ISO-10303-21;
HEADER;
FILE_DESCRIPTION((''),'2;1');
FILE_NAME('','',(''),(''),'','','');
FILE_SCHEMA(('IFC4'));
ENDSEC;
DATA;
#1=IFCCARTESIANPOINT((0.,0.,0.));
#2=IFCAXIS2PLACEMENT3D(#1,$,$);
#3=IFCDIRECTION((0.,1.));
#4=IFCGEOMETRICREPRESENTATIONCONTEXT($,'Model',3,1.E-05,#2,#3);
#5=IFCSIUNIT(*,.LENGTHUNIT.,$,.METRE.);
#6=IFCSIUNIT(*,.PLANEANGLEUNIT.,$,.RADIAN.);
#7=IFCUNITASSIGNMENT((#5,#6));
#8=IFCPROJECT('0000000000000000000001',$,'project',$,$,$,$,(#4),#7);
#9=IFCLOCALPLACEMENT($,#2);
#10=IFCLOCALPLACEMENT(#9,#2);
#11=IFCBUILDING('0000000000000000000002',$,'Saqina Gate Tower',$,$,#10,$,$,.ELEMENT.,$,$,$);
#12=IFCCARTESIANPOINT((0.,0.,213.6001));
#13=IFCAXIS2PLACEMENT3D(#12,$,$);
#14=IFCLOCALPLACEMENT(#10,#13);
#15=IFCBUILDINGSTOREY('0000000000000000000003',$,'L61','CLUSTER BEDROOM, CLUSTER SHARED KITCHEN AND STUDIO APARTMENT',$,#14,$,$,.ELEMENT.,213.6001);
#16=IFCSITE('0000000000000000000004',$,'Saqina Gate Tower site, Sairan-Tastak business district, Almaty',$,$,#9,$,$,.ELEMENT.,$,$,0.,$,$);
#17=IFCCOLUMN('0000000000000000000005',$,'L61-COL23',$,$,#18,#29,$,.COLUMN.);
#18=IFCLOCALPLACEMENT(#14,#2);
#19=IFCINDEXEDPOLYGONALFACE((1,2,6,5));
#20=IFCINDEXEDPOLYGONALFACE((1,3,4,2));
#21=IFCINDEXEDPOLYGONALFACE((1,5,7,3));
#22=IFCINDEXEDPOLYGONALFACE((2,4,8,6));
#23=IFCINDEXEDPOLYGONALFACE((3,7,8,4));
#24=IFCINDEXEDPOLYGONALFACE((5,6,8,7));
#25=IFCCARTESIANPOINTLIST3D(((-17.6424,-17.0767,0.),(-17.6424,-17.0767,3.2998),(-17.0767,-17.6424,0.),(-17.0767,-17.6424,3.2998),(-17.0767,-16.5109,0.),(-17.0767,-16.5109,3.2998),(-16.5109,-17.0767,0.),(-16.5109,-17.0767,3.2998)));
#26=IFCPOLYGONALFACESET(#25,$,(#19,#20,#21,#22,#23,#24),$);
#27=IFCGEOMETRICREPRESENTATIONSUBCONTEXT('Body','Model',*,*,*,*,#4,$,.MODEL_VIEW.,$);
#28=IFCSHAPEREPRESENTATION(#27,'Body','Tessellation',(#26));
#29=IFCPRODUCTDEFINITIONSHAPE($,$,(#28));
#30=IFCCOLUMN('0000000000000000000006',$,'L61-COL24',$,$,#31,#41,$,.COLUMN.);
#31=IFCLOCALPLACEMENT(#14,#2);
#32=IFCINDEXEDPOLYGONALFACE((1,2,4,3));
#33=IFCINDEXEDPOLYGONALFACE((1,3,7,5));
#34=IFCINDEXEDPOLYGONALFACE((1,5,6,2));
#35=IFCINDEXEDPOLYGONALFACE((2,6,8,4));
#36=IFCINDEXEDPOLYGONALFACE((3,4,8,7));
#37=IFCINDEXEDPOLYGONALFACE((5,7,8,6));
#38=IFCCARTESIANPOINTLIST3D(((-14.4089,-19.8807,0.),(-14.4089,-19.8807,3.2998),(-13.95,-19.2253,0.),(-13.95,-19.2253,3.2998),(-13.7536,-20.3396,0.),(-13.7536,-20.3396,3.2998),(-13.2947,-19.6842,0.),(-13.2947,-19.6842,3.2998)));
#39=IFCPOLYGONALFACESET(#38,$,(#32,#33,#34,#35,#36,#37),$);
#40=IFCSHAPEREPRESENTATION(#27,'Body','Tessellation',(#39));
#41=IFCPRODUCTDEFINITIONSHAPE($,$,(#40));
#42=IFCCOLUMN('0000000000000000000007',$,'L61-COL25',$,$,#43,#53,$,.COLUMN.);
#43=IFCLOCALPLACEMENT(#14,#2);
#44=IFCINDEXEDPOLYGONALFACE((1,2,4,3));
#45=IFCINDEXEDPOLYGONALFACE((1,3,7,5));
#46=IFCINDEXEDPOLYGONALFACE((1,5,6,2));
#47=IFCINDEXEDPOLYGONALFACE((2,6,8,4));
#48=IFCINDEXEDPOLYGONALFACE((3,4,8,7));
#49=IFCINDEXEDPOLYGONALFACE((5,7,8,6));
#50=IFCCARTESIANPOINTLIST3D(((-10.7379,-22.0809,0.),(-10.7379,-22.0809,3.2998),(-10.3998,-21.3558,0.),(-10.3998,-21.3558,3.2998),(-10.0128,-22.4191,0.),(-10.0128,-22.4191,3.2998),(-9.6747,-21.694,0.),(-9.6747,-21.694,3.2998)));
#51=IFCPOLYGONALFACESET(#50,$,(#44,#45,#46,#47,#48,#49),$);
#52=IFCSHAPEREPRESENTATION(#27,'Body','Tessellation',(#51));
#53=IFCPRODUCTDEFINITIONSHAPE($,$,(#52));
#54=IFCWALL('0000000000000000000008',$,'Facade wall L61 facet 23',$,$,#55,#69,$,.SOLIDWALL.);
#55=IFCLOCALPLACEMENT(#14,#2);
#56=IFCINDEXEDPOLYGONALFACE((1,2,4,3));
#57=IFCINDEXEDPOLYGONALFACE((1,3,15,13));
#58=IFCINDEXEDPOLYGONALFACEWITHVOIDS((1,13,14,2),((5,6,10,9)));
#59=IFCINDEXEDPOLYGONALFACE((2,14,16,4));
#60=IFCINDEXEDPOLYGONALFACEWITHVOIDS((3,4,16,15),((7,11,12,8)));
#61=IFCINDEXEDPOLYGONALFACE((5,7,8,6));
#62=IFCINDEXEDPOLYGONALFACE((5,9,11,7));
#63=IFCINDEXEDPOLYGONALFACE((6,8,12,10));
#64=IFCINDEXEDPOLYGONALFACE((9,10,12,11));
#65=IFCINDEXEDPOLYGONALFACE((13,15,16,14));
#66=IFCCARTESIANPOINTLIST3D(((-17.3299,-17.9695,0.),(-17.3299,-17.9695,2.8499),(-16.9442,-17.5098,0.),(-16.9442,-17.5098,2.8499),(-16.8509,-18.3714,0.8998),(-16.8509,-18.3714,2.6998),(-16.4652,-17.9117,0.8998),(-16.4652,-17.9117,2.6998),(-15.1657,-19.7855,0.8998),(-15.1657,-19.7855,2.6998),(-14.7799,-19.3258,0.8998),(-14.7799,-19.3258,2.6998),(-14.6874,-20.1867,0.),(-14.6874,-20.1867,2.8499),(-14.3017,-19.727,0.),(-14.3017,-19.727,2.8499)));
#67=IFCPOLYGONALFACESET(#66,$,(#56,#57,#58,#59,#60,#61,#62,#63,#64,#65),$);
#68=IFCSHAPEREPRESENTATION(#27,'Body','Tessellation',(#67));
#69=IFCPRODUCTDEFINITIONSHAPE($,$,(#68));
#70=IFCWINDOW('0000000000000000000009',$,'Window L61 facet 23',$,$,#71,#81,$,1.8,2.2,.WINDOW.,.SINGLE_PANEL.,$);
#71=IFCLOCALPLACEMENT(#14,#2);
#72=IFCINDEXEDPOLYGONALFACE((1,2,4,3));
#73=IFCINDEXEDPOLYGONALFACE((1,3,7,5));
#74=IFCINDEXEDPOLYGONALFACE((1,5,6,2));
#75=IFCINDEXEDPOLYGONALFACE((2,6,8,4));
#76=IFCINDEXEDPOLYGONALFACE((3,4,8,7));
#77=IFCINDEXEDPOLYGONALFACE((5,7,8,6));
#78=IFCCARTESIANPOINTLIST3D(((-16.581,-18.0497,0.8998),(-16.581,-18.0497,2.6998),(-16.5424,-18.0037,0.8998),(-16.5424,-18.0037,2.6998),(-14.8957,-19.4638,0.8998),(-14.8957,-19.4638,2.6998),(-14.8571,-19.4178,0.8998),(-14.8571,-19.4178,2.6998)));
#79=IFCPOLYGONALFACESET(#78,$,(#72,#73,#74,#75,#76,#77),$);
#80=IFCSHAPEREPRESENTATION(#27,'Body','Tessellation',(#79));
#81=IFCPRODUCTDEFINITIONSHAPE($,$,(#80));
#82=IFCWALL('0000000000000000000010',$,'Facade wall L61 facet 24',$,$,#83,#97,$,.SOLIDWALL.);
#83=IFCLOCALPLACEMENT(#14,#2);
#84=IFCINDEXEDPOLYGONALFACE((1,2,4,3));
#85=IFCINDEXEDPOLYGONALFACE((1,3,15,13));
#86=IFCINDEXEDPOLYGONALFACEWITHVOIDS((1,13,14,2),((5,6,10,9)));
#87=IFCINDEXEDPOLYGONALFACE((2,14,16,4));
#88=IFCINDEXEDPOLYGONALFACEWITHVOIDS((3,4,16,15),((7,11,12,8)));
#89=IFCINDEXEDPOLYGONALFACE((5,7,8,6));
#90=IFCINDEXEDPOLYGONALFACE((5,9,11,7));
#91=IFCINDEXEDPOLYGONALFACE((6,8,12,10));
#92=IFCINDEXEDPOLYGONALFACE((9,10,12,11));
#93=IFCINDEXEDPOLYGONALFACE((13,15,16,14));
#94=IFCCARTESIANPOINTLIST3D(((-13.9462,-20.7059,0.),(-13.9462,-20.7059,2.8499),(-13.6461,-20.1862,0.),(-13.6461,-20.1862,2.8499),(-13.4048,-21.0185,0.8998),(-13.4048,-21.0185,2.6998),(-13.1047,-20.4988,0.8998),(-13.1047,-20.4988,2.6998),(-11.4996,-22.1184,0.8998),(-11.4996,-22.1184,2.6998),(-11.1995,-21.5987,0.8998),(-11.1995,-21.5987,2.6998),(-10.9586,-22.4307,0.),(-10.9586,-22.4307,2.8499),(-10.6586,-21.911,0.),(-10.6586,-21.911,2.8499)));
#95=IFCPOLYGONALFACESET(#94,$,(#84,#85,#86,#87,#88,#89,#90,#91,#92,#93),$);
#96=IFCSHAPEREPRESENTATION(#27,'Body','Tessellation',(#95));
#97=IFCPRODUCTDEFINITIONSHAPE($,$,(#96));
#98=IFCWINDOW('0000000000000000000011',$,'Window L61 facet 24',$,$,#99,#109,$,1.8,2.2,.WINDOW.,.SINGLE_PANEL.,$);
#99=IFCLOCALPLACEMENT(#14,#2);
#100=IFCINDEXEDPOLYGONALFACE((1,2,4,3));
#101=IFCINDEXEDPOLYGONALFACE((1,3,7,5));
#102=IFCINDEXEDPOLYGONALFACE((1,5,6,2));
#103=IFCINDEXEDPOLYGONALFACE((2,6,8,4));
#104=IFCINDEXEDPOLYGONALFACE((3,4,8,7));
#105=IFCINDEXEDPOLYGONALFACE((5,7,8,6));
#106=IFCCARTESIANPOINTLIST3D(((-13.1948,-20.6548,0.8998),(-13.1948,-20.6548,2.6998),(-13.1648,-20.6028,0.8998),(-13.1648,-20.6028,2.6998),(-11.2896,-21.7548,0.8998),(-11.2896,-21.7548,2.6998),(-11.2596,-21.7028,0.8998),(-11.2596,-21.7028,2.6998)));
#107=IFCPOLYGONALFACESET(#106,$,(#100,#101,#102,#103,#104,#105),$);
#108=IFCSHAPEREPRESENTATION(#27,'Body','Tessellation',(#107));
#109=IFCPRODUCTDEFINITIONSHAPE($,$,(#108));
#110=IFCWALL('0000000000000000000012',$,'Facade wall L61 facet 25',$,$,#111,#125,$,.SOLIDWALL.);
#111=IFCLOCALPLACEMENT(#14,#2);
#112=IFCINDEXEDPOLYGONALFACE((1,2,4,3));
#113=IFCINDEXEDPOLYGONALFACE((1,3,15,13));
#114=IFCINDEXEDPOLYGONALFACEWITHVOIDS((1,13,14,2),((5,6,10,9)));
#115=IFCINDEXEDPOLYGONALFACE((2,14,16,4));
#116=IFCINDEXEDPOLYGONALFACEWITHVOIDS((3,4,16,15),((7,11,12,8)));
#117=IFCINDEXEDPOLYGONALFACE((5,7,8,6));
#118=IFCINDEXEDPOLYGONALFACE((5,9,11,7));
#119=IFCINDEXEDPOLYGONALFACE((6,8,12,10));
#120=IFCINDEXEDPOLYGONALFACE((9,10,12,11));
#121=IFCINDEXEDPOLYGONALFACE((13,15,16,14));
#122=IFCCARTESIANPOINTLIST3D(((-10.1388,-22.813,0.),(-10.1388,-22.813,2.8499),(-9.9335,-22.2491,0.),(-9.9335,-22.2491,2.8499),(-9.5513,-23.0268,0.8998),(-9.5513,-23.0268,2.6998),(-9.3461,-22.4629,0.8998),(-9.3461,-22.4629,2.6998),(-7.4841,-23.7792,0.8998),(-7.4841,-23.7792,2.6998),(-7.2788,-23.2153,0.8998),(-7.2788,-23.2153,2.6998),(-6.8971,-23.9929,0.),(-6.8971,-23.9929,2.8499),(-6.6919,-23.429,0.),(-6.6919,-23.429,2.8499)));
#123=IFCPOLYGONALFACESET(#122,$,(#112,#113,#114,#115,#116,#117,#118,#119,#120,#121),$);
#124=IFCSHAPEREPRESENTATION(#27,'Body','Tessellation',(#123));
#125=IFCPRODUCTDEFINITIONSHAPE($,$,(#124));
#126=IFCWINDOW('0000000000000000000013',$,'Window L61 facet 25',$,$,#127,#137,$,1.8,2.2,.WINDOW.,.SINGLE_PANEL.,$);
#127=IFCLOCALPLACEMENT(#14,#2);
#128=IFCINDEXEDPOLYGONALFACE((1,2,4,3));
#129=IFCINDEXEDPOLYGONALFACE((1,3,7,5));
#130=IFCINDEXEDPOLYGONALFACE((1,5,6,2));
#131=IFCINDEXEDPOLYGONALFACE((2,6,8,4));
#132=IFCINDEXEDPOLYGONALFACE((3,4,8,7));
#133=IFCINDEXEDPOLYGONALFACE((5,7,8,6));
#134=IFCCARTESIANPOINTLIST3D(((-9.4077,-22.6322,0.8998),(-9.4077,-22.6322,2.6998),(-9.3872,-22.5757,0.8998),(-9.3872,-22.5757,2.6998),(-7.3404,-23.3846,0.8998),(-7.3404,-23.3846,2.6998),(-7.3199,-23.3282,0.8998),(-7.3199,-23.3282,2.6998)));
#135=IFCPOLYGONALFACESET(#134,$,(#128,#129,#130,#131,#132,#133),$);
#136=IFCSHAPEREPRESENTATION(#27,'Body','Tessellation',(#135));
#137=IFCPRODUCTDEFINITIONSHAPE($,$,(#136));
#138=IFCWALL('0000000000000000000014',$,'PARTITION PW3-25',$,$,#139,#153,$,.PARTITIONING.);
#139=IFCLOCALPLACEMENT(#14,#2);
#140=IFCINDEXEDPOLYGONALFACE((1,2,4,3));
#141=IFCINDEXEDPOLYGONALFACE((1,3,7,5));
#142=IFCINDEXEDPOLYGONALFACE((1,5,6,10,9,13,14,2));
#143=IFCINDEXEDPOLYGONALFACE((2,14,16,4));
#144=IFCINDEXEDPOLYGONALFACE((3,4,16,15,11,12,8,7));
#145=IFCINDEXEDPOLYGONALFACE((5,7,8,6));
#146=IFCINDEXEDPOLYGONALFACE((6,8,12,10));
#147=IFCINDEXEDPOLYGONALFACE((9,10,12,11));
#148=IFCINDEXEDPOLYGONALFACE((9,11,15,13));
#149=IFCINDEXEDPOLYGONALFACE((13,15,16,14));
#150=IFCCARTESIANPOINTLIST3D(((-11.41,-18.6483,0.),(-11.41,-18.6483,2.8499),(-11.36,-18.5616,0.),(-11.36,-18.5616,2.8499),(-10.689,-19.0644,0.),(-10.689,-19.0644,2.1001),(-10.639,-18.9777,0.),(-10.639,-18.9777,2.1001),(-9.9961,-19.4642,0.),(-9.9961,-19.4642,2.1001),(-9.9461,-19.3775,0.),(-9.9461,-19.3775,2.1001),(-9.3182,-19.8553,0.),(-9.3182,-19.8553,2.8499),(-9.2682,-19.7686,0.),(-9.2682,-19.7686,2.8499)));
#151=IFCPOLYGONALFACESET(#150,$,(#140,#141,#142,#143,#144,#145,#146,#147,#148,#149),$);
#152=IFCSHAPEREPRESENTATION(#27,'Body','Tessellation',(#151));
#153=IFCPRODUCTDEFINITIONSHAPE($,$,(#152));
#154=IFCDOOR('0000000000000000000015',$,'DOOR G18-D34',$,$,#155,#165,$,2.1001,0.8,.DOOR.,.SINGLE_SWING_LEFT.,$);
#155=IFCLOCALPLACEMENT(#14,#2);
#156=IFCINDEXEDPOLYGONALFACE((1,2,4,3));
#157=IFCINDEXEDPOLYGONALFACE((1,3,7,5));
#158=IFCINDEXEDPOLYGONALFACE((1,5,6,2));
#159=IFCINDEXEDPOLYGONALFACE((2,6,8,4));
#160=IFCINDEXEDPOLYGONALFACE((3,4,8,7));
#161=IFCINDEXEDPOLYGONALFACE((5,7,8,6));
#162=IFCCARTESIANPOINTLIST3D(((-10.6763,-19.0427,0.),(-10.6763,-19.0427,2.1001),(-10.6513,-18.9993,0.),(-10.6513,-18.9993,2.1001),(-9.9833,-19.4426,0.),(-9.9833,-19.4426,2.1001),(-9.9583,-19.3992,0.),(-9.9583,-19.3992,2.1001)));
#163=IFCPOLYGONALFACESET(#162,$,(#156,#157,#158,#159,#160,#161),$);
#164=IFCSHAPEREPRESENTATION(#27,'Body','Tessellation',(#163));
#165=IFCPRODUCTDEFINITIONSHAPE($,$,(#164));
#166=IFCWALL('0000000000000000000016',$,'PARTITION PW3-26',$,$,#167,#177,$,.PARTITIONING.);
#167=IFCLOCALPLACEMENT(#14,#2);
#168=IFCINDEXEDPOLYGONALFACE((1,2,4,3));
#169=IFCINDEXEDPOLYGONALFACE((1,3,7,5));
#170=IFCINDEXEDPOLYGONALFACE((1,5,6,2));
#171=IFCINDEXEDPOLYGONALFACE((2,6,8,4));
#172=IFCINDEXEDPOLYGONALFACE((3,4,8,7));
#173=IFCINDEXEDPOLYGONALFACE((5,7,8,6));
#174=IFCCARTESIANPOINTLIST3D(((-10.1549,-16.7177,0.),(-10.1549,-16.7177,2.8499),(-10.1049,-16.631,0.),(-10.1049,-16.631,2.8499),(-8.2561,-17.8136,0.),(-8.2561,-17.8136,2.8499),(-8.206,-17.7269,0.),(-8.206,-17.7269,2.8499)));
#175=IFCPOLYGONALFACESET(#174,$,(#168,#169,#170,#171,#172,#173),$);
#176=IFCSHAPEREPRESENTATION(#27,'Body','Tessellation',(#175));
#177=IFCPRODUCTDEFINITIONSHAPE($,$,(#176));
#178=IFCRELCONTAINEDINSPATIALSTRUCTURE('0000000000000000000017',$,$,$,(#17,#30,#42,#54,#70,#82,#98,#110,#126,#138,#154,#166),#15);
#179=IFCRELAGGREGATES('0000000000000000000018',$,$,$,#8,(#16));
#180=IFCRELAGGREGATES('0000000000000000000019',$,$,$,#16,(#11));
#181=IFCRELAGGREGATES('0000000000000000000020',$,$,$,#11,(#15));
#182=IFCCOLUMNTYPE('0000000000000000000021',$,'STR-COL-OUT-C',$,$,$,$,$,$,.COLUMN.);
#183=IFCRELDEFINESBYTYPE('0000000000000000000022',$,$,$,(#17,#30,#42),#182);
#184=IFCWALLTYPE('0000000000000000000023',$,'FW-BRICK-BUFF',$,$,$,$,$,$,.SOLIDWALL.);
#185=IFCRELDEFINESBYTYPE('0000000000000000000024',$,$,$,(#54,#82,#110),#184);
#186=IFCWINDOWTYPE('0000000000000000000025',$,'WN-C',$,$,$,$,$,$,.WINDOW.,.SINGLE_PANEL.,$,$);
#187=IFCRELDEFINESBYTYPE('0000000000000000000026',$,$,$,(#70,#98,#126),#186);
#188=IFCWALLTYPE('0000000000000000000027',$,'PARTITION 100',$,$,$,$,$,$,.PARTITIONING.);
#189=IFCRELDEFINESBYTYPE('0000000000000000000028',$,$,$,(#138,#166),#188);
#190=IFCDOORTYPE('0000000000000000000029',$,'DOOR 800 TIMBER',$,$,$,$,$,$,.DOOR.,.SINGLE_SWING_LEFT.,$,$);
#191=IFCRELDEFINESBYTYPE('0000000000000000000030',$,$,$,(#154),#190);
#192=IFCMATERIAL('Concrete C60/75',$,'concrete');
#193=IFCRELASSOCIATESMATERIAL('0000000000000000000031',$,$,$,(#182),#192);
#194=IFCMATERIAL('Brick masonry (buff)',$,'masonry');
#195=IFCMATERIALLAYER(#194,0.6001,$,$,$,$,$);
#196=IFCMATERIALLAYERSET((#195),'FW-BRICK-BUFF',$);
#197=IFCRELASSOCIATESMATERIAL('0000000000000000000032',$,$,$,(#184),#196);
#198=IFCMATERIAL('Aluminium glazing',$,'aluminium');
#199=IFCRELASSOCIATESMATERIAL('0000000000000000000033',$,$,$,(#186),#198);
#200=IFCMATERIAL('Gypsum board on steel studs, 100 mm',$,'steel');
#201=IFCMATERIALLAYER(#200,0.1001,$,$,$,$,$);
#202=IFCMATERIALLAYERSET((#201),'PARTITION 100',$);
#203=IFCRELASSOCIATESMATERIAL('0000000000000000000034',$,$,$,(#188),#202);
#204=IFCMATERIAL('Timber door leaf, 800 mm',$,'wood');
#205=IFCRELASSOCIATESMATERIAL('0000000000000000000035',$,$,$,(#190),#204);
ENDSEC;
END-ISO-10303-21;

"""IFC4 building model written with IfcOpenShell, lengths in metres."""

from ifc_helpers import new_model, si_unit, direction, frame, frame_2d, origin, origin_2d, place, context, subcontext, project, spatial, rectangle, extrude, material, layer, layer_set, material_profile, profile_set, type_object, element, fill, save


model = new_model("IFC4")

# Units and contexts
model_context = context("Model", 3, precision=1e-05, world=origin(), true_north=direction((0.0, 1.0)))
body_context = subcontext(model_context, "Body", "Model", "MODEL_VIEW")
ifc_project = project(units=[si_unit("LENGTHUNIT", "METRE"), si_unit("PLANEANGLEUNIT", "RADIAN")], contexts=[model_context])

# Site, building, storey
site_placement = place(None, origin())
site = spatial("IfcSite", under=ifc_project, at=site_placement, Name="Saqina Gate Tower site, Sairan-Tastak business district, Almaty", CompositionType="ELEMENT", RefElevation=0.0)
building_placement = place(site_placement, origin())
building = spatial("IfcBuilding", under=site, at=building_placement, Name="Saqina Gate Tower", CompositionType="ELEMENT")
storey_placement = place(building_placement, frame((0.0, 0.0, 213.6001)))
storey = spatial("IfcBuildingStorey", under=building, at=storey_placement, Name="L61", Description="CLUSTER BEDROOM, CLUSTER SHARED KITCHEN AND STUDIO APARTMENT", CompositionType="ELEMENT", Elevation=213.6001)

# Columns
ifc_material_1 = material(Name="Concrete C60/75", Category="concrete")
ifc_material_profile = material_profile(ifc_material_1, rectangle(XDim=0.8, YDim=0.8, at=origin_2d()), Name="RC 800x800")
ifc_profile_set = profile_set([ifc_material_profile], Name="Concrete C60/75")
column_type = type_object("IfcColumnType", Name="STR-COL-OUT-C", PredefinedType="COLUMN", material=ifc_profile_set)
for number, where, z_axis, x_axis, name in (
    (1, (-17.0767, -17.0767, 0.0), (0.0, 0.0, 1.0), (-0.707107, -0.707107, 0.0), "L61-COL23"),
    (2, (-13.8518, -19.7825, 0.0), (0.0, 0.0, 1.0), (-0.573576, -0.819152, 0.0), "L61-COL24"),
    (3, (-10.2063, -21.8875, 0.0), (0.0, 0.0, 1.0), (-0.422618, -0.906308, 0.0), "L61-COL25"),
):
    element("IfcColumn", number, at=place(storey_placement, frame(where, z_axis=z_axis, x_axis=x_axis)), inside=storey, type_object=column_type, Name=name, PredefinedType="COLUMN", context=body_context, shape_type="SweptSolid", body=[
        extrude(rectangle(XDim=0.8, YDim=0.8, at=origin_2d()), origin(), (0.0, 0.0, 1.0), 3.2998),
    ])

# Walls, openings, windows
ifc_material_2 = material(Name="Brick masonry (buff)", Category="masonry")
ifc_layer_1 = layer(ifc_material_2, 0.6001)
ifc_layer_set_1 = layer_set([ifc_layer_1], Name="FW-BRICK-BUFF")
wall_type_1 = type_object("IfcWallType", Name="FW-BRICK-BUFF", PredefinedType="SOLIDWALL", material=ifc_layer_set_1)
wall_1_placement = place(storey_placement, frame((-17.137, -17.7397, 0.0), z_axis=(0.0, 0.0, 1.0), x_axis=(0.766059, -0.64277, 0.0)))
wall_1 = element("IfcWall", 4, at=wall_1_placement, inside=storey, type_object=wall_type_1, Name="Facade wall L61 facet 23", PredefinedType="SOLIDWALL", context=body_context, shape_type="SweptSolid", body=[
    extrude(rectangle(XDim=3.4495, YDim=0.6001, at=frame_2d((1.7246, 0.0))), origin(), (0.0, 0.0, 1.0), 2.8499),
])
opening_1_placement = place(wall_1_placement, frame((0.625, 0.0, 0.8999)))
opening_1 = element("IfcOpeningElement", 5, at=opening_1_placement, cuts=wall_1, PredefinedType="OPENING", context=body_context, shape_type="SweptSolid", body=[
    extrude(rectangle(XDim=2.2, YDim=1.8, at=frame_2d((1.1001, 0.8999))), frame((0.0, 0.312, 0.0), z_axis=(0.0, -1.0, 0.0), x_axis=(1.0, 0.0, 0.0)), (0.0, 0.0, 1.0), 0.624),
])
ifc_material_3 = material(Name="Aluminium glazing", Category="aluminium")
window_type = type_object("IfcWindowType", Name="WN-C", PartitioningType="SINGLE_PANEL", PredefinedType="WINDOW", material=ifc_material_3)
window_1_placement = place(opening_1_placement, origin())
window_1 = element("IfcWindow", 6, at=window_1_placement, inside=storey, type_object=window_type, Name="Window L61 facet 23", OverallHeight=1.8, OverallWidth=2.2, PartitioningType="SINGLE_PANEL", PredefinedType="WINDOW", context=body_context, shape_type="SweptSolid", body=[
    extrude(rectangle(XDim=2.2, YDim=1.8, at=frame_2d((1.1001, 0.8999))), frame((0.0, 0.1799, 0.0), z_axis=(0.0, -1.0, 0.0), x_axis=(1.0, 0.0, 0.0)), (0.0, 0.0, 1.0), 0.0601),
])
fill(opening_1, window_1)
wall_2_placement = place(storey_placement, frame((-13.7961, -20.446, 0.0), z_axis=(0.0, 0.0, 1.0), x_axis=(0.866026, -0.499998, 0.0)))
wall_2 = element("IfcWall", 7, at=wall_2_placement, inside=storey, type_object=wall_type_1, Name="Facade wall L61 facet 24", PredefinedType="SOLIDWALL", context=body_context, shape_type="SweptSolid", body=[
    extrude(rectangle(XDim=3.4497, YDim=0.6001, at=frame_2d((1.7249, 0.0))), origin(), (0.0, 0.0, 1.0), 2.8499),
])
opening_2_placement = place(wall_2_placement, frame((0.625, 0.0, 0.8999)))
opening_2 = element("IfcOpeningElement", 8, at=opening_2_placement, cuts=wall_2, PredefinedType="OPENING", context=body_context, shape_type="SweptSolid", body=[
    extrude(rectangle(XDim=2.2, YDim=1.8, at=frame_2d((1.1001, 0.8999))), frame((0.0, 0.312, 0.0), z_axis=(0.0, -1.0, 0.0), x_axis=(1.0, 0.0, 0.0)), (0.0, 0.0, 1.0), 0.624),
])
window_2_placement = place(opening_2_placement, origin())
window_2 = element("IfcWindow", 9, at=window_2_placement, inside=storey, type_object=window_type, Name="Window L61 facet 24", OverallHeight=1.8, OverallWidth=2.2, PartitioningType="SINGLE_PANEL", PredefinedType="WINDOW", context=body_context, shape_type="SweptSolid", body=[
    extrude(rectangle(XDim=2.2, YDim=1.8, at=frame_2d((1.1001, 0.8999))), frame((0.0, 0.1799, 0.0), z_axis=(0.0, -1.0, 0.0), x_axis=(1.0, 0.0, 0.0)), (0.0, 0.0, 1.0), 0.0601),
])
fill(opening_2, window_2)
wall_3_placement = place(storey_placement, frame((-10.0361, -22.531, 0.0), z_axis=(0.0, 0.0, 1.0), x_axis=(0.939688, -0.342033, 0.0)))
wall_3 = element("IfcWall", 10, at=wall_3_placement, inside=storey, type_object=wall_type_1, Name="Facade wall L61 facet 25", PredefinedType="SOLIDWALL", context=body_context, shape_type="SweptSolid", body=[
    extrude(rectangle(XDim=3.4497, YDim=0.6001, at=frame_2d((1.7249, 0.0))), origin(), (0.0, 0.0, 1.0), 2.8499),
])
opening_3_placement = place(wall_3_placement, frame((0.625, 0.0, 0.8999)))
opening_3 = element("IfcOpeningElement", 11, at=opening_3_placement, cuts=wall_3, PredefinedType="OPENING", context=body_context, shape_type="SweptSolid", body=[
    extrude(rectangle(XDim=2.2, YDim=1.8, at=frame_2d((1.1001, 0.8999))), frame((0.0, 0.312, 0.0), z_axis=(0.0, -1.0, 0.0), x_axis=(1.0, 0.0, 0.0)), (0.0, 0.0, 1.0), 0.624),
])
window_3_placement = place(opening_3_placement, origin())
window_3 = element("IfcWindow", 12, at=window_3_placement, inside=storey, type_object=window_type, Name="Window L61 facet 25", OverallHeight=1.8, OverallWidth=2.2, PartitioningType="SINGLE_PANEL", PredefinedType="WINDOW", context=body_context, shape_type="SweptSolid", body=[
    extrude(rectangle(XDim=2.2, YDim=1.8, at=frame_2d((1.1001, 0.8999))), frame((0.0, 0.1799, 0.0), z_axis=(0.0, -1.0, 0.0), x_axis=(1.0, 0.0, 0.0)), (0.0, 0.0, 1.0), 0.0601),
])
fill(opening_3, window_3)

# Wall, opening, door
ifc_material_4 = material(Name="Gypsum board on steel studs, 100 mm", Category="steel")
ifc_layer_2 = layer(ifc_material_4, 0.1001)
ifc_layer_set_2 = layer_set([ifc_layer_2], Name="PARTITION 100")
wall_type_2 = type_object("IfcWallType", Name="PARTITION 100", PredefinedType="PARTITIONING", material=ifc_layer_set_2)
wall_4_placement = place(storey_placement, frame((-11.385, -18.605, 0.0), z_axis=(0.0, 0.0, 1.0), x_axis=(0.866145, -0.499792, 0.0)))
wall_4 = element("IfcWall", 13, at=wall_4_placement, inside=storey, type_object=wall_type_2, Name="PARTITION PW3-25", PredefinedType="PARTITIONING", context=body_context, shape_type="SweptSolid", body=[
    extrude(rectangle(XDim=2.415, YDim=0.1001, at=frame_2d((1.2075, 0.0))), origin(), (0.0, 0.0, 1.0), 2.8499),
])
opening_4_placement = place(wall_4_placement, frame((0.8325, 0.0, 0.0)))
opening_4 = element("IfcOpeningElement", 14, at=opening_4_placement, cuts=wall_4, PredefinedType="OPENING", context=body_context, shape_type="SweptSolid", body=[
    extrude(rectangle(XDim=0.8, YDim=2.1001, at=frame_2d((0.3999, 1.05))), frame((0.0, 0.062, 0.0), z_axis=(0.0, -1.0, 0.0), x_axis=(1.0, 0.0, 0.0)), (0.0, 0.0, 1.0), 0.124),
])
ifc_material_5 = material(Name="Timber door leaf, 800 mm", Category="wood")
door_type = type_object("IfcDoorType", Name="DOOR 800 TIMBER", OperationType="SINGLE_SWING_LEFT", PredefinedType="DOOR", material=ifc_material_5)
door_placement = place(opening_4_placement, frame((0.8, 0.0, 0.0), z_axis=(0.0, 0.0, 1.0), x_axis=(-1.0, 0.0, 0.0)))
door = element("IfcDoor", 15, at=door_placement, inside=storey, type_object=door_type, Name="DOOR G18-D34", OperationType="SINGLE_SWING_LEFT", OverallHeight=2.1001, OverallWidth=0.8, PredefinedType="DOOR", context=body_context, shape_type="SweptSolid", body=[
    extrude(rectangle(XDim=0.8, YDim=2.1001, at=frame_2d((0.3999, 1.05))), frame((0.0, 0.0249, 0.0), z_axis=(0.0, -1.0, 0.0), x_axis=(1.0, 0.0, 0.0)), (0.0, 0.0, 1.0), 0.05),
])
fill(opening_4, door)

# Wall
wall_5_placement = place(storey_placement, frame((-10.1299, -16.6743, 0.0), z_axis=(0.0, 0.0, 1.0), x_axis=(0.866104, -0.499864, 0.0)))
element("IfcWall", 16, at=wall_5_placement, inside=storey, type_object=wall_type_2, Name="PARTITION PW3-26", PredefinedType="PARTITIONING", context=body_context, shape_type="SweptSolid", body=[
    extrude(rectangle(XDim=2.1924, YDim=0.1001, at=frame_2d((1.0962, 0.0))), origin(), (0.0, 0.0, 1.0), 2.8499),
])

save(model, "model.ifc")
